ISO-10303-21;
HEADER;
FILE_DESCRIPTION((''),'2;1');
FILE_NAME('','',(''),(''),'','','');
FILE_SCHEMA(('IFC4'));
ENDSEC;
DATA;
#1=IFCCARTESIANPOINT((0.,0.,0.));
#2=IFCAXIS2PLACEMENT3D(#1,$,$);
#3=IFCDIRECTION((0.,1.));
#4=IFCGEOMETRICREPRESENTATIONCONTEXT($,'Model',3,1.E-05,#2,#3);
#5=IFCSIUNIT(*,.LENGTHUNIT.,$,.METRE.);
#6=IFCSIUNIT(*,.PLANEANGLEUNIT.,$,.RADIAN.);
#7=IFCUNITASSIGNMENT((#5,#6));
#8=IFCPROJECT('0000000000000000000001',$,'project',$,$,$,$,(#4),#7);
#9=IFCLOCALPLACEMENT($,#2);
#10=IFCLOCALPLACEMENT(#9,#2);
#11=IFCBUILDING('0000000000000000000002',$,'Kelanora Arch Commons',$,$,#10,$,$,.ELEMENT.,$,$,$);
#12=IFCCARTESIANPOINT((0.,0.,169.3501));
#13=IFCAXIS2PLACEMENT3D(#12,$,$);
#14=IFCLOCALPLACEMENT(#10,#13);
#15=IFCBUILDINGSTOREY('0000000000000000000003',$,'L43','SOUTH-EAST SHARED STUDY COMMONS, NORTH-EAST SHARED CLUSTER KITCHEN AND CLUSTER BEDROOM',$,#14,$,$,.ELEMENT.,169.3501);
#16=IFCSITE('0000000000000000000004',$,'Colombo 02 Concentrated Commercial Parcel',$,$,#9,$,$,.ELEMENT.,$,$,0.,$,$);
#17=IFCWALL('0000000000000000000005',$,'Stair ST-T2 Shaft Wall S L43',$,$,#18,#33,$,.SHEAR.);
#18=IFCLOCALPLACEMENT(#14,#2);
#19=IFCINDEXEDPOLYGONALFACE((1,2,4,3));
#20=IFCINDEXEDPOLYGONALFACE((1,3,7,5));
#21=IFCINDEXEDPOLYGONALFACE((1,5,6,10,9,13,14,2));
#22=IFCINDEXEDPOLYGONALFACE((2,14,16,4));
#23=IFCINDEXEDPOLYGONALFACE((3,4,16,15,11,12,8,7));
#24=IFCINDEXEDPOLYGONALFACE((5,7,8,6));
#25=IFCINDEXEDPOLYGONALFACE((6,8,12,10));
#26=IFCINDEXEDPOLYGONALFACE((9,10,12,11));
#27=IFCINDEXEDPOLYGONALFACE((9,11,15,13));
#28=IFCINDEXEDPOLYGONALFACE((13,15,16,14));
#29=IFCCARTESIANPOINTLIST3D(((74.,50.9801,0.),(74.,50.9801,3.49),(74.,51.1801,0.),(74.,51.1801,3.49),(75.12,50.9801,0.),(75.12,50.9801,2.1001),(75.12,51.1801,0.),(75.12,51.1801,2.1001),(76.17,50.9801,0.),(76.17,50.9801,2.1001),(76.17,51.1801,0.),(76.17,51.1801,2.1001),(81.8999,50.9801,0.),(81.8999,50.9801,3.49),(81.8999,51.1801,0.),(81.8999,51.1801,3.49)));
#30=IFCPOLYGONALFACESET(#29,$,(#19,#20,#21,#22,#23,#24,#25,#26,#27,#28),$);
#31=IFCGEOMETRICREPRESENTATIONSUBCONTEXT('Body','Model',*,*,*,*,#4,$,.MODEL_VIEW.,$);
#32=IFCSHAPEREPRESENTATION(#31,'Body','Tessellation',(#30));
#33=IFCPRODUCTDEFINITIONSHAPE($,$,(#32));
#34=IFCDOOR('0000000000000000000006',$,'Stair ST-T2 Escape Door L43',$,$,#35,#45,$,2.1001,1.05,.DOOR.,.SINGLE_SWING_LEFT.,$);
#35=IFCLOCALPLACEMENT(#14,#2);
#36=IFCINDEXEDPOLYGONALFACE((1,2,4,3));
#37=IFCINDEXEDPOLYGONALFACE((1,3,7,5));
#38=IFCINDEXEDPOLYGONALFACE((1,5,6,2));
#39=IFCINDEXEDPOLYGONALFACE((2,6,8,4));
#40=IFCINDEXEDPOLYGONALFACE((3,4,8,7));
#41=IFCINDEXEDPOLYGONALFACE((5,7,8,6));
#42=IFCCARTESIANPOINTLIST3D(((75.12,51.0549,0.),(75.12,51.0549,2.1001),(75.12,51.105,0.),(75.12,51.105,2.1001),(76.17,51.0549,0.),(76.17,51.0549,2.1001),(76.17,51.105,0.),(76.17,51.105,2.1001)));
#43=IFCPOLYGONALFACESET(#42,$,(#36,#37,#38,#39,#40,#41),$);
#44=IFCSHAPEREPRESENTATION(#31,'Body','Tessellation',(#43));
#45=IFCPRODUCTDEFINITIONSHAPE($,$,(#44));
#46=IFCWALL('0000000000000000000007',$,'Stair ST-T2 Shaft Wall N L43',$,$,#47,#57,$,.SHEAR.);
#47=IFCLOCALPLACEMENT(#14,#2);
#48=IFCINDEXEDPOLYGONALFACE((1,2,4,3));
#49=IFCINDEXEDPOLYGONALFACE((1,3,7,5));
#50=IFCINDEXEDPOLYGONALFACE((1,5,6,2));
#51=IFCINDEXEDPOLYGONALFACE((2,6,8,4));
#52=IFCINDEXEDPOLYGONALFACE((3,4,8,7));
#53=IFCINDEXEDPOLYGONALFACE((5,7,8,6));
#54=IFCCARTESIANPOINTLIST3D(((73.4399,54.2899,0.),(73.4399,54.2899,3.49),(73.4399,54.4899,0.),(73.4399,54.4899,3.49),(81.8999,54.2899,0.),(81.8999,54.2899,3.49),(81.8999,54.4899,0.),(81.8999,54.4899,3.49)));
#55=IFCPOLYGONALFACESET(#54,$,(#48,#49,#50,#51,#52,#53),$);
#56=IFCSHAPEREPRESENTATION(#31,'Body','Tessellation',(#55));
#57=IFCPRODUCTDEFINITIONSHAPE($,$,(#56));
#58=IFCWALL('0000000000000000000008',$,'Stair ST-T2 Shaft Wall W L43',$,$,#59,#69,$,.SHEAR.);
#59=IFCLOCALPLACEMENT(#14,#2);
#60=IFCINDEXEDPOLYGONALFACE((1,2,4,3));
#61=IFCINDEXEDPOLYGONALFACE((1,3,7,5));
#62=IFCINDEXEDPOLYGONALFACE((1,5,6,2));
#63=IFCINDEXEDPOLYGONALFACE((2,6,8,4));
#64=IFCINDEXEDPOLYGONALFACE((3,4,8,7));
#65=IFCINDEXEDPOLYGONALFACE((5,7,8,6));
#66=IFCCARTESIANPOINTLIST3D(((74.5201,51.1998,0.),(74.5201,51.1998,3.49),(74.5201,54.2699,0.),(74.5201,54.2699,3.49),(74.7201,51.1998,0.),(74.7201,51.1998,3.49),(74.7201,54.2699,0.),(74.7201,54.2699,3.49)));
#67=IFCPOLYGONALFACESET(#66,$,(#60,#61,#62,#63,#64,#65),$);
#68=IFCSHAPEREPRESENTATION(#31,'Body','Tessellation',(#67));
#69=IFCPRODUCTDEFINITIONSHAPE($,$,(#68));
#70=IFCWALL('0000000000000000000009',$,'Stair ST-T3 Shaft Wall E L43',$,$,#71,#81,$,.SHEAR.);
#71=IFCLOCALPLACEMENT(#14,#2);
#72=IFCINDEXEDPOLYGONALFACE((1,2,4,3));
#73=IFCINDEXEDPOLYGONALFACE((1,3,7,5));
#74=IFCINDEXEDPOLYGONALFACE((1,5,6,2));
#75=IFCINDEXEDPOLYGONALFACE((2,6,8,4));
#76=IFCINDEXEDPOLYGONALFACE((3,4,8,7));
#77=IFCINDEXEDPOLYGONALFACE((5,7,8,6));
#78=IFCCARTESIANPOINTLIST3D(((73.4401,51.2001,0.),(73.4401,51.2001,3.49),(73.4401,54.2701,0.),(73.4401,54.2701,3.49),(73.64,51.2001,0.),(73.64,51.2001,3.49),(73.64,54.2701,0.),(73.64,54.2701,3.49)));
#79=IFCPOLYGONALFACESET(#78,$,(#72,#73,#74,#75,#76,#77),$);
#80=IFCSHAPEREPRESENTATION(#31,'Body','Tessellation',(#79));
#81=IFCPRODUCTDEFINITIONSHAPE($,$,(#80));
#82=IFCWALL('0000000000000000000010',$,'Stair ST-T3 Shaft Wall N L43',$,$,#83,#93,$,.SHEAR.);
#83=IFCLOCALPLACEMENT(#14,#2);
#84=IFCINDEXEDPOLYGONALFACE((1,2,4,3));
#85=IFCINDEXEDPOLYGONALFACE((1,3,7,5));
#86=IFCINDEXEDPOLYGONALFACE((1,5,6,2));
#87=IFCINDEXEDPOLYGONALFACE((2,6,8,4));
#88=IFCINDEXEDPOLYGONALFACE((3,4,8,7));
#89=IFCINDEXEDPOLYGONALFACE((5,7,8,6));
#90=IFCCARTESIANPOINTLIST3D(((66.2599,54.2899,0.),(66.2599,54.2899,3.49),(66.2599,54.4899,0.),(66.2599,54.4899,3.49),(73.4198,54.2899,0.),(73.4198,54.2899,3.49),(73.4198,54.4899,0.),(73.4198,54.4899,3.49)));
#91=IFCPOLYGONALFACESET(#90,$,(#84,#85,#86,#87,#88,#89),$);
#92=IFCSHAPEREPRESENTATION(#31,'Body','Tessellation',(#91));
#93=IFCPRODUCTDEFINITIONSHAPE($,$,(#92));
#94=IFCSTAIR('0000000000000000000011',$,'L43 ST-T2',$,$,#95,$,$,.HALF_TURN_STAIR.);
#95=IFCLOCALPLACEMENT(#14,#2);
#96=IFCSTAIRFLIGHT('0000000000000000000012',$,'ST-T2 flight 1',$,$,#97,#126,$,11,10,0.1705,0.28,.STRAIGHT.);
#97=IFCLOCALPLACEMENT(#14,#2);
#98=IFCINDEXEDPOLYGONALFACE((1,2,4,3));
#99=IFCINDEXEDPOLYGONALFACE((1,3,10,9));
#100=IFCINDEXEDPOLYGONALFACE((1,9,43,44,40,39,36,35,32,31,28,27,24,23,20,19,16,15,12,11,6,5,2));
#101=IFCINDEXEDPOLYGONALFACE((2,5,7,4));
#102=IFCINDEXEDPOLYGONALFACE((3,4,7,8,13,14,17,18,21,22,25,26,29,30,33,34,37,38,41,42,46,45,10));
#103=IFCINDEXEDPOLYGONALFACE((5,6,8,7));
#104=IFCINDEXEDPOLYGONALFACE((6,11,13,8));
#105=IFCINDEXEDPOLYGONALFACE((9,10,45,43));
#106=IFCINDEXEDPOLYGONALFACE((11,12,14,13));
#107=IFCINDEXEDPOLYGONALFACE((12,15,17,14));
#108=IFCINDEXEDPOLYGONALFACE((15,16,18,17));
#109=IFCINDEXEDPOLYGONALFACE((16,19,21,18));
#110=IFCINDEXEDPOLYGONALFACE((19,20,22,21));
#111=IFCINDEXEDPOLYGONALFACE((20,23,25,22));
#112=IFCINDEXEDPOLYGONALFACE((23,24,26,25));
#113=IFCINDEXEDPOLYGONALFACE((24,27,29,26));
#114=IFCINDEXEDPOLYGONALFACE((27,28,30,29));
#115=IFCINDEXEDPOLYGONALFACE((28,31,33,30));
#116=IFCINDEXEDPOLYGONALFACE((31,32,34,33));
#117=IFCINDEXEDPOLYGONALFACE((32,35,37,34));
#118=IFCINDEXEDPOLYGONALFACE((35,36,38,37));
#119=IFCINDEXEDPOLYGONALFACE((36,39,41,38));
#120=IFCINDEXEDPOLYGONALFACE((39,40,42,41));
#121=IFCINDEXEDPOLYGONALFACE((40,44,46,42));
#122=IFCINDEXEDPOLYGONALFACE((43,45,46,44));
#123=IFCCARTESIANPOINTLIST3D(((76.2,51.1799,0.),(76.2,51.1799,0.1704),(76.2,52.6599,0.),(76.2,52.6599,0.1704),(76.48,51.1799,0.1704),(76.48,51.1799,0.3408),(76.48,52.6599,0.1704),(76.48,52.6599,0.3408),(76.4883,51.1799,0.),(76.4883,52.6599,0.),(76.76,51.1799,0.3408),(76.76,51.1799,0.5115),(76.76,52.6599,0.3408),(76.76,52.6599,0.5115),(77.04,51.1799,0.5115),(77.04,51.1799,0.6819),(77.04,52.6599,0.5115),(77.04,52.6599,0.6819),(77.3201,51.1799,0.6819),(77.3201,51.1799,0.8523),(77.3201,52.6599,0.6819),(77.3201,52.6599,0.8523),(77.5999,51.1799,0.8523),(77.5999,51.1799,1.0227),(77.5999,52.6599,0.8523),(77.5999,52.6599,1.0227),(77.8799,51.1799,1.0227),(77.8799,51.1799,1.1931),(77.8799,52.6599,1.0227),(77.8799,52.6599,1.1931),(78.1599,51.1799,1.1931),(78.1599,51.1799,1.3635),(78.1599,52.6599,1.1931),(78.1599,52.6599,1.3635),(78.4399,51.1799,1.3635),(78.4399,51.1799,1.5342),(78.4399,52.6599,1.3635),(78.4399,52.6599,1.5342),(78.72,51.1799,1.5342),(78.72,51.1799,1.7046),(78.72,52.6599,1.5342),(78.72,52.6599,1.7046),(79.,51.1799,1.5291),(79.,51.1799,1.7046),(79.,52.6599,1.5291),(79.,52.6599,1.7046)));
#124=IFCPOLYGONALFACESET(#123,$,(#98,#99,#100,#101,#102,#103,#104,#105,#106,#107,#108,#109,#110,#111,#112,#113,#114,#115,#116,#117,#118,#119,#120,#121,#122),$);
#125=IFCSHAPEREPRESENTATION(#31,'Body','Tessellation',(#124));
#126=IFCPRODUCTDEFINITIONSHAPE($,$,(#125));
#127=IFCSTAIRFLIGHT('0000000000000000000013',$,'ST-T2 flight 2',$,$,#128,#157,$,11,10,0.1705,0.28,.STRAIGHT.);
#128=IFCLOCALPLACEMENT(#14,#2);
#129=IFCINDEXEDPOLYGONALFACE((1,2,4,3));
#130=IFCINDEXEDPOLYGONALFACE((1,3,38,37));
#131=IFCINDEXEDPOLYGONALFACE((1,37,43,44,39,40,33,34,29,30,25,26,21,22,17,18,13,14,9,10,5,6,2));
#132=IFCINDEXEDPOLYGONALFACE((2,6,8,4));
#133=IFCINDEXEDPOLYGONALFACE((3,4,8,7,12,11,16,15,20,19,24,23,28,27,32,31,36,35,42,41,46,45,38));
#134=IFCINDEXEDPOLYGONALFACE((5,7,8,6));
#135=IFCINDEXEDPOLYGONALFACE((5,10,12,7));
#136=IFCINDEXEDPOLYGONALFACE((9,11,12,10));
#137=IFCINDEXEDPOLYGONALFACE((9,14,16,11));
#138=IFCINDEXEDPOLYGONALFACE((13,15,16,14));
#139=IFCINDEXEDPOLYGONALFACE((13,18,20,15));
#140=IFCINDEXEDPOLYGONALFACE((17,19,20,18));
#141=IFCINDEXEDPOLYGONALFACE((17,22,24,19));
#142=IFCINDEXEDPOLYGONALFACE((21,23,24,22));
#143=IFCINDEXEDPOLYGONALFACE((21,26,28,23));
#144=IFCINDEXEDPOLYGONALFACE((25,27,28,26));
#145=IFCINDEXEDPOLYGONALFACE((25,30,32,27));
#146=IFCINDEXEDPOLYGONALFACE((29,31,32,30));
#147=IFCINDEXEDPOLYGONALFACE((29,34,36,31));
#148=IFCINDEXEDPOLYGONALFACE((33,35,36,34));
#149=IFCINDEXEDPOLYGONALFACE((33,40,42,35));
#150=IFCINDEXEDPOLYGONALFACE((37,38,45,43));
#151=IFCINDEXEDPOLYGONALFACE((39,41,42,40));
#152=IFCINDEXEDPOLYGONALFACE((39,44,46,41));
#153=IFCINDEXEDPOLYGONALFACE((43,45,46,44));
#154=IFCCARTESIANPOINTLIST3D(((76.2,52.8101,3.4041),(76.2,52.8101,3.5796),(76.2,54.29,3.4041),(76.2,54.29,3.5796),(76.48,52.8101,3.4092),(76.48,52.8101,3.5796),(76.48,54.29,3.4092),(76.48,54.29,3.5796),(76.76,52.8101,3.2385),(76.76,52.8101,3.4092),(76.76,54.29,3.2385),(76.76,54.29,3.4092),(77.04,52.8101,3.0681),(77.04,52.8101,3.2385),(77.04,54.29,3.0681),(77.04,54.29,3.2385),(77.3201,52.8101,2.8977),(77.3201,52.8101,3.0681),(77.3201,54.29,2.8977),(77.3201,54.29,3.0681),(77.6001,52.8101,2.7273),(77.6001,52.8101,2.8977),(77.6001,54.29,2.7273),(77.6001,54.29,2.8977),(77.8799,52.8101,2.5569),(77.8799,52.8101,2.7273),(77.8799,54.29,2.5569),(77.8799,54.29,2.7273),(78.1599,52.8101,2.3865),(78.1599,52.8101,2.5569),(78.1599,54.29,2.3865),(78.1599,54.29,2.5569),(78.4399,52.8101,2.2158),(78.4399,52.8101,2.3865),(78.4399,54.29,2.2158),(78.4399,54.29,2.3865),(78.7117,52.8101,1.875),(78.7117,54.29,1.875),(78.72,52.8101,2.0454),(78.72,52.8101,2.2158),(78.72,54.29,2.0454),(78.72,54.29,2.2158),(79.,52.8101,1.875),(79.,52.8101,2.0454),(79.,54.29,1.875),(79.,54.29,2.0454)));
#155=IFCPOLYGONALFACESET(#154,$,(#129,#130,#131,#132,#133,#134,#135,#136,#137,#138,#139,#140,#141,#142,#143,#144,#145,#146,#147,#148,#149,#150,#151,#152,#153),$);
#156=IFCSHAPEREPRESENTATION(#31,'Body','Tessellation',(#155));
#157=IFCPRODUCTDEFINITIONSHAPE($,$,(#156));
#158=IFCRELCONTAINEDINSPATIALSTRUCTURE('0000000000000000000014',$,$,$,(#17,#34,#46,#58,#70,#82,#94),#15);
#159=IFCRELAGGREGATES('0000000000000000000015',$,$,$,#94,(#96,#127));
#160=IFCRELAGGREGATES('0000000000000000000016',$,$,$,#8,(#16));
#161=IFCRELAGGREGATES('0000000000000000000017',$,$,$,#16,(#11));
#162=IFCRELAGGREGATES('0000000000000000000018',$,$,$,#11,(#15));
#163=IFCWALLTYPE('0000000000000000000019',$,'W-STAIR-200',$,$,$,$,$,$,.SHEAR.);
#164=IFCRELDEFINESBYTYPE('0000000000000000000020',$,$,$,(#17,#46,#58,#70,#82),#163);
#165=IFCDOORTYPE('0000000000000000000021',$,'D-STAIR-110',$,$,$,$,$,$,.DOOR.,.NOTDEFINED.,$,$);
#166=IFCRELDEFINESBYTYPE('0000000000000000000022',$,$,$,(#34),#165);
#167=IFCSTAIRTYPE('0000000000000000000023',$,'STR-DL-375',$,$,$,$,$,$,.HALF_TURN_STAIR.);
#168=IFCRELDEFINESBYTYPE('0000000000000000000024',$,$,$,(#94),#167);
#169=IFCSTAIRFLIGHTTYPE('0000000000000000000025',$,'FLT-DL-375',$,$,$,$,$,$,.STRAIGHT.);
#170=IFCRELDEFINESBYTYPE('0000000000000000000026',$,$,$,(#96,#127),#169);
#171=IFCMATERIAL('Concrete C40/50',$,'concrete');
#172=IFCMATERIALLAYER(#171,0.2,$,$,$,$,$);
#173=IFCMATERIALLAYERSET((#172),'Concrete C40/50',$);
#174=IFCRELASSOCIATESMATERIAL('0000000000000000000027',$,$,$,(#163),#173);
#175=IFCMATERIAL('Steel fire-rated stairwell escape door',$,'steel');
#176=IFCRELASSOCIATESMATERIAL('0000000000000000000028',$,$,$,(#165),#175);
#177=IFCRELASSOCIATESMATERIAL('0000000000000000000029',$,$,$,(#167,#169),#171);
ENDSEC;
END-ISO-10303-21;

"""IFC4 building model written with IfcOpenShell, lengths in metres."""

from ifc_helpers import new_model, si_unit, direction, frame, frame_2d, origin, place, context, subcontext, project, spatial, polyline, rectangle, outline, extrude, material, layer, layer_set, type_object, element, fill, aggregate, save


model = new_model("IFC4")

# Units and contexts
model_context = context("Model", 3, precision=1e-05, world=origin(), true_north=direction((0.0, 1.0)))
body_context = subcontext(model_context, "Body", "Model", "MODEL_VIEW")
ifc_project = project(units=[si_unit("LENGTHUNIT", "METRE"), si_unit("PLANEANGLEUNIT", "RADIAN")], contexts=[model_context])

# Site, building, storey
site_placement = place(None, origin())
site = spatial("IfcSite", under=ifc_project, at=site_placement, Name="Colombo 02 Concentrated Commercial Parcel", CompositionType="ELEMENT", RefElevation=0.0)
building_placement = place(site_placement, origin())
building = spatial("IfcBuilding", under=site, at=building_placement, Name="Kelanora Arch Commons", CompositionType="ELEMENT")
storey_placement = place(building_placement, frame((0.0, 0.0, 169.3501)))
storey = spatial("IfcBuildingStorey", under=building, at=storey_placement, Name="L43", Description="SOUTH-EAST SHARED STUDY COMMONS, NORTH-EAST SHARED CLUSTER KITCHEN AND CLUSTER BEDROOM", CompositionType="ELEMENT", Elevation=169.3501)

# Wall, opening, door
ifc_material_1 = material(Name="Concrete C40/50", Category="concrete")
ifc_layer_1 = layer(ifc_material_1, 0.2)
ifc_layer_set_1 = layer_set([ifc_layer_1], Name="Concrete C40/50")
wall_type_1 = type_object("IfcWallType", Name="W-STAIR-200", PredefinedType="SHEAR", material=ifc_layer_set_1)
wall_1_placement = place(storey_placement, frame((74.0, 51.0801, 0.0), z_axis=(0.0, 0.0, 1.0), x_axis=(1.0, 0.0, 0.0)))
wall_1 = element("IfcWall", 1, at=wall_1_placement, inside=storey, type_object=wall_type_1, Name="Stair ST-T2 Shaft Wall S L43", PredefinedType="SHEAR", context=body_context, shape_type="SweptSolid", body=[
    extrude(rectangle(XDim=7.8999, YDim=0.2, at=frame_2d((3.95, 0.0))), origin(), (0.0, 0.0, 1.0), 3.49),
])
opening_placement = place(wall_1_placement, frame((1.1201, 0.0, 0.0)))
opening = element("IfcOpeningElement", 2, at=opening_placement, cuts=wall_1, PredefinedType="OPENING", context=body_context, shape_type="SweptSolid", body=[
    extrude(rectangle(XDim=1.05, YDim=2.1001, at=frame_2d((0.5249, 1.05))), frame((0.0, 0.1099, 0.0), z_axis=(0.0, -1.0, 0.0), x_axis=(1.0, 0.0, 0.0)), (0.0, 0.0, 1.0), 0.22),
])
ifc_material_2 = material(Name="Steel fire-rated stairwell escape door", Category="steel")
door_type = type_object("IfcDoorType", Name="D-STAIR-110", OperationType="NOTDEFINED", PredefinedType="DOOR", material=ifc_material_2)
door_placement = place(opening_placement, origin())
door = element("IfcDoor", 3, at=door_placement, inside=storey, type_object=door_type, Name="Stair ST-T2 Escape Door L43", OperationType="SINGLE_SWING_LEFT", OverallHeight=2.1001, OverallWidth=1.05, PredefinedType="DOOR", context=body_context, shape_type="SweptSolid", body=[
    extrude(rectangle(XDim=1.05, YDim=2.1001, at=frame_2d((0.5249, 1.05))), frame((0.0, 0.0249, 0.0), z_axis=(0.0, -1.0, 0.0), x_axis=(1.0, 0.0, 0.0)), (0.0, 0.0, 1.0), 0.05),
])
fill(opening, door)

# Walls
wall_2_placement = place(storey_placement, frame((81.8999, 54.3899, 0.0), z_axis=(0.0, 0.0, 1.0), x_axis=(-1.0, 0.0, 0.0)))
element("IfcWall", 4, at=wall_2_placement, inside=storey, type_object=wall_type_1, Name="Stair ST-T2 Shaft Wall N L43", PredefinedType="SHEAR", context=body_context, shape_type="SweptSolid", body=[
    extrude(rectangle(XDim=8.46, YDim=0.2, at=frame_2d((4.23, 0.0))), origin(), (0.0, 0.0, 1.0), 3.49),
])
for number, where, z_axis, x_axis, name in (
    (5, (74.6201, 54.27, 0.0), (0.0, 0.0, 1.0), (0.0, -1.0, 0.0), "Stair ST-T2 Shaft Wall W L43"),
    (6, (73.54, 51.2, 0.0), (0.0, 0.0, 1.0), (0.0, 1.0, 0.0), "Stair ST-T3 Shaft Wall E L43"),
):
    element("IfcWall", number, at=place(storey_placement, frame(where, z_axis=z_axis, x_axis=x_axis)), inside=storey, type_object=wall_type_1, Name=name, PredefinedType="SHEAR", context=body_context, shape_type="SweptSolid", body=[
        extrude(rectangle(XDim=3.0701, YDim=0.2, at=frame_2d((1.5352, 0.0))), origin(), (0.0, 0.0, 1.0), 3.49),
    ])
wall_3_placement = place(storey_placement, frame((73.4199, 54.3899, 0.0), z_axis=(0.0, 0.0, 1.0), x_axis=(-1.0, 0.0, 0.0)))
element("IfcWall", 7, at=wall_3_placement, inside=storey, type_object=wall_type_1, Name="Stair ST-T3 Shaft Wall N L43", PredefinedType="SHEAR", context=body_context, shape_type="SweptSolid", body=[
    extrude(rectangle(XDim=7.1599, YDim=0.2, at=frame_2d((3.5801, 0.0))), origin(), (0.0, 0.0, 1.0), 3.49),
])

# Stair, stair flights
stair_type = type_object("IfcStairType", Name="STR-DL-375", PredefinedType="HALF_TURN_STAIR", material=ifc_material_1)
stair_1_placement = place(storey_placement, origin())
stair_1 = element("IfcStair", 8, at=stair_1_placement, inside=storey, type_object=stair_type, Name="L43 ST-T2", PredefinedType="HALF_TURN_STAIR")
stair_flight_type = type_object("IfcStairFlightType", Name="FLT-DL-375", PredefinedType="STRAIGHT", material=ifc_material_1)
stair_flight_1_placement = place(storey_placement, frame((76.2, 51.9199, 0.0), z_axis=(0.0, 0.0, 1.0), x_axis=(1.0, 0.0, 0.0)))
stair_flight_1 = element("IfcStairFlight", 9, at=stair_flight_1_placement, type_object=stair_flight_type, Name="ST-T2 flight 1", NumberOfRisers=11, NumberOfTreads=10, PredefinedType="STRAIGHT", RiserHeight=0.1705, TreadLength=0.28, context=body_context, shape_type="SweptSolid", body=[
    extrude(outline(polyline([(0.0, 0.0), (0.0, 0.1704), (0.28, 0.1704), (0.28, 0.3408), (0.5601, 0.3408), (0.5601, 0.5115), (0.8401, 0.5115), (0.8401, 0.6819), (1.1201, 0.6819), (1.1201, 0.8523), (1.3999, 0.8523), (1.3999, 1.0227), (1.6799, 1.0227), (1.6799, 1.1931), (1.96, 1.1931), (1.96, 1.3635), (2.24, 1.3635), (2.24, 1.5342), (2.52, 1.5342), (2.52, 1.7046), (2.8, 1.7046), (2.8, 1.875), (2.8, 1.5291), (0.2883, 0.0), (0.0, 0.0)])), frame((0.0, 0.74, 0.0), z_axis=(0.0, -1.0, 0.0), x_axis=(1.0, 0.0, 0.0)), (0.0, 0.0, 1.0), 1.48),
])
stair_flight_2_placement = place(storey_placement, frame((79.0, 53.55, 1.875), z_axis=(0.0, 0.0, 1.0), x_axis=(-1.0, 0.0, 0.0)))
stair_flight_2 = element("IfcStairFlight", 10, at=stair_flight_2_placement, type_object=stair_flight_type, Name="ST-T2 flight 2", NumberOfRisers=11, NumberOfTreads=10, PredefinedType="STRAIGHT", RiserHeight=0.1705, TreadLength=0.28, context=body_context, shape_type="SweptSolid", body=[
    extrude(outline(polyline([(0.0, 0.0), (0.0, 0.1704), (0.28, 0.1704), (0.28, 0.3408), (0.5601, 0.3408), (0.5601, 0.5115), (0.8401, 0.5115), (0.8401, 0.6819), (1.1201, 0.6819), (1.1201, 0.8523), (1.3999, 0.8523), (1.3999, 1.0227), (1.6799, 1.0227), (1.6799, 1.1931), (1.96, 1.1931), (1.96, 1.3635), (2.24, 1.3635), (2.24, 1.5342), (2.52, 1.5342), (2.52, 1.7046), (2.8, 1.7046), (2.8, 1.875), (2.8, 1.5291), (0.2883, 0.0), (0.0, 0.0)])), frame((0.0, 0.74, 0.0), z_axis=(0.0, -1.0, 0.0), x_axis=(1.0, 0.0, 0.0)), (0.0, 0.0, 1.0), 1.48),
])
aggregate(stair_1, [stair_flight_1, stair_flight_2])

save(model, "model.ifc")
